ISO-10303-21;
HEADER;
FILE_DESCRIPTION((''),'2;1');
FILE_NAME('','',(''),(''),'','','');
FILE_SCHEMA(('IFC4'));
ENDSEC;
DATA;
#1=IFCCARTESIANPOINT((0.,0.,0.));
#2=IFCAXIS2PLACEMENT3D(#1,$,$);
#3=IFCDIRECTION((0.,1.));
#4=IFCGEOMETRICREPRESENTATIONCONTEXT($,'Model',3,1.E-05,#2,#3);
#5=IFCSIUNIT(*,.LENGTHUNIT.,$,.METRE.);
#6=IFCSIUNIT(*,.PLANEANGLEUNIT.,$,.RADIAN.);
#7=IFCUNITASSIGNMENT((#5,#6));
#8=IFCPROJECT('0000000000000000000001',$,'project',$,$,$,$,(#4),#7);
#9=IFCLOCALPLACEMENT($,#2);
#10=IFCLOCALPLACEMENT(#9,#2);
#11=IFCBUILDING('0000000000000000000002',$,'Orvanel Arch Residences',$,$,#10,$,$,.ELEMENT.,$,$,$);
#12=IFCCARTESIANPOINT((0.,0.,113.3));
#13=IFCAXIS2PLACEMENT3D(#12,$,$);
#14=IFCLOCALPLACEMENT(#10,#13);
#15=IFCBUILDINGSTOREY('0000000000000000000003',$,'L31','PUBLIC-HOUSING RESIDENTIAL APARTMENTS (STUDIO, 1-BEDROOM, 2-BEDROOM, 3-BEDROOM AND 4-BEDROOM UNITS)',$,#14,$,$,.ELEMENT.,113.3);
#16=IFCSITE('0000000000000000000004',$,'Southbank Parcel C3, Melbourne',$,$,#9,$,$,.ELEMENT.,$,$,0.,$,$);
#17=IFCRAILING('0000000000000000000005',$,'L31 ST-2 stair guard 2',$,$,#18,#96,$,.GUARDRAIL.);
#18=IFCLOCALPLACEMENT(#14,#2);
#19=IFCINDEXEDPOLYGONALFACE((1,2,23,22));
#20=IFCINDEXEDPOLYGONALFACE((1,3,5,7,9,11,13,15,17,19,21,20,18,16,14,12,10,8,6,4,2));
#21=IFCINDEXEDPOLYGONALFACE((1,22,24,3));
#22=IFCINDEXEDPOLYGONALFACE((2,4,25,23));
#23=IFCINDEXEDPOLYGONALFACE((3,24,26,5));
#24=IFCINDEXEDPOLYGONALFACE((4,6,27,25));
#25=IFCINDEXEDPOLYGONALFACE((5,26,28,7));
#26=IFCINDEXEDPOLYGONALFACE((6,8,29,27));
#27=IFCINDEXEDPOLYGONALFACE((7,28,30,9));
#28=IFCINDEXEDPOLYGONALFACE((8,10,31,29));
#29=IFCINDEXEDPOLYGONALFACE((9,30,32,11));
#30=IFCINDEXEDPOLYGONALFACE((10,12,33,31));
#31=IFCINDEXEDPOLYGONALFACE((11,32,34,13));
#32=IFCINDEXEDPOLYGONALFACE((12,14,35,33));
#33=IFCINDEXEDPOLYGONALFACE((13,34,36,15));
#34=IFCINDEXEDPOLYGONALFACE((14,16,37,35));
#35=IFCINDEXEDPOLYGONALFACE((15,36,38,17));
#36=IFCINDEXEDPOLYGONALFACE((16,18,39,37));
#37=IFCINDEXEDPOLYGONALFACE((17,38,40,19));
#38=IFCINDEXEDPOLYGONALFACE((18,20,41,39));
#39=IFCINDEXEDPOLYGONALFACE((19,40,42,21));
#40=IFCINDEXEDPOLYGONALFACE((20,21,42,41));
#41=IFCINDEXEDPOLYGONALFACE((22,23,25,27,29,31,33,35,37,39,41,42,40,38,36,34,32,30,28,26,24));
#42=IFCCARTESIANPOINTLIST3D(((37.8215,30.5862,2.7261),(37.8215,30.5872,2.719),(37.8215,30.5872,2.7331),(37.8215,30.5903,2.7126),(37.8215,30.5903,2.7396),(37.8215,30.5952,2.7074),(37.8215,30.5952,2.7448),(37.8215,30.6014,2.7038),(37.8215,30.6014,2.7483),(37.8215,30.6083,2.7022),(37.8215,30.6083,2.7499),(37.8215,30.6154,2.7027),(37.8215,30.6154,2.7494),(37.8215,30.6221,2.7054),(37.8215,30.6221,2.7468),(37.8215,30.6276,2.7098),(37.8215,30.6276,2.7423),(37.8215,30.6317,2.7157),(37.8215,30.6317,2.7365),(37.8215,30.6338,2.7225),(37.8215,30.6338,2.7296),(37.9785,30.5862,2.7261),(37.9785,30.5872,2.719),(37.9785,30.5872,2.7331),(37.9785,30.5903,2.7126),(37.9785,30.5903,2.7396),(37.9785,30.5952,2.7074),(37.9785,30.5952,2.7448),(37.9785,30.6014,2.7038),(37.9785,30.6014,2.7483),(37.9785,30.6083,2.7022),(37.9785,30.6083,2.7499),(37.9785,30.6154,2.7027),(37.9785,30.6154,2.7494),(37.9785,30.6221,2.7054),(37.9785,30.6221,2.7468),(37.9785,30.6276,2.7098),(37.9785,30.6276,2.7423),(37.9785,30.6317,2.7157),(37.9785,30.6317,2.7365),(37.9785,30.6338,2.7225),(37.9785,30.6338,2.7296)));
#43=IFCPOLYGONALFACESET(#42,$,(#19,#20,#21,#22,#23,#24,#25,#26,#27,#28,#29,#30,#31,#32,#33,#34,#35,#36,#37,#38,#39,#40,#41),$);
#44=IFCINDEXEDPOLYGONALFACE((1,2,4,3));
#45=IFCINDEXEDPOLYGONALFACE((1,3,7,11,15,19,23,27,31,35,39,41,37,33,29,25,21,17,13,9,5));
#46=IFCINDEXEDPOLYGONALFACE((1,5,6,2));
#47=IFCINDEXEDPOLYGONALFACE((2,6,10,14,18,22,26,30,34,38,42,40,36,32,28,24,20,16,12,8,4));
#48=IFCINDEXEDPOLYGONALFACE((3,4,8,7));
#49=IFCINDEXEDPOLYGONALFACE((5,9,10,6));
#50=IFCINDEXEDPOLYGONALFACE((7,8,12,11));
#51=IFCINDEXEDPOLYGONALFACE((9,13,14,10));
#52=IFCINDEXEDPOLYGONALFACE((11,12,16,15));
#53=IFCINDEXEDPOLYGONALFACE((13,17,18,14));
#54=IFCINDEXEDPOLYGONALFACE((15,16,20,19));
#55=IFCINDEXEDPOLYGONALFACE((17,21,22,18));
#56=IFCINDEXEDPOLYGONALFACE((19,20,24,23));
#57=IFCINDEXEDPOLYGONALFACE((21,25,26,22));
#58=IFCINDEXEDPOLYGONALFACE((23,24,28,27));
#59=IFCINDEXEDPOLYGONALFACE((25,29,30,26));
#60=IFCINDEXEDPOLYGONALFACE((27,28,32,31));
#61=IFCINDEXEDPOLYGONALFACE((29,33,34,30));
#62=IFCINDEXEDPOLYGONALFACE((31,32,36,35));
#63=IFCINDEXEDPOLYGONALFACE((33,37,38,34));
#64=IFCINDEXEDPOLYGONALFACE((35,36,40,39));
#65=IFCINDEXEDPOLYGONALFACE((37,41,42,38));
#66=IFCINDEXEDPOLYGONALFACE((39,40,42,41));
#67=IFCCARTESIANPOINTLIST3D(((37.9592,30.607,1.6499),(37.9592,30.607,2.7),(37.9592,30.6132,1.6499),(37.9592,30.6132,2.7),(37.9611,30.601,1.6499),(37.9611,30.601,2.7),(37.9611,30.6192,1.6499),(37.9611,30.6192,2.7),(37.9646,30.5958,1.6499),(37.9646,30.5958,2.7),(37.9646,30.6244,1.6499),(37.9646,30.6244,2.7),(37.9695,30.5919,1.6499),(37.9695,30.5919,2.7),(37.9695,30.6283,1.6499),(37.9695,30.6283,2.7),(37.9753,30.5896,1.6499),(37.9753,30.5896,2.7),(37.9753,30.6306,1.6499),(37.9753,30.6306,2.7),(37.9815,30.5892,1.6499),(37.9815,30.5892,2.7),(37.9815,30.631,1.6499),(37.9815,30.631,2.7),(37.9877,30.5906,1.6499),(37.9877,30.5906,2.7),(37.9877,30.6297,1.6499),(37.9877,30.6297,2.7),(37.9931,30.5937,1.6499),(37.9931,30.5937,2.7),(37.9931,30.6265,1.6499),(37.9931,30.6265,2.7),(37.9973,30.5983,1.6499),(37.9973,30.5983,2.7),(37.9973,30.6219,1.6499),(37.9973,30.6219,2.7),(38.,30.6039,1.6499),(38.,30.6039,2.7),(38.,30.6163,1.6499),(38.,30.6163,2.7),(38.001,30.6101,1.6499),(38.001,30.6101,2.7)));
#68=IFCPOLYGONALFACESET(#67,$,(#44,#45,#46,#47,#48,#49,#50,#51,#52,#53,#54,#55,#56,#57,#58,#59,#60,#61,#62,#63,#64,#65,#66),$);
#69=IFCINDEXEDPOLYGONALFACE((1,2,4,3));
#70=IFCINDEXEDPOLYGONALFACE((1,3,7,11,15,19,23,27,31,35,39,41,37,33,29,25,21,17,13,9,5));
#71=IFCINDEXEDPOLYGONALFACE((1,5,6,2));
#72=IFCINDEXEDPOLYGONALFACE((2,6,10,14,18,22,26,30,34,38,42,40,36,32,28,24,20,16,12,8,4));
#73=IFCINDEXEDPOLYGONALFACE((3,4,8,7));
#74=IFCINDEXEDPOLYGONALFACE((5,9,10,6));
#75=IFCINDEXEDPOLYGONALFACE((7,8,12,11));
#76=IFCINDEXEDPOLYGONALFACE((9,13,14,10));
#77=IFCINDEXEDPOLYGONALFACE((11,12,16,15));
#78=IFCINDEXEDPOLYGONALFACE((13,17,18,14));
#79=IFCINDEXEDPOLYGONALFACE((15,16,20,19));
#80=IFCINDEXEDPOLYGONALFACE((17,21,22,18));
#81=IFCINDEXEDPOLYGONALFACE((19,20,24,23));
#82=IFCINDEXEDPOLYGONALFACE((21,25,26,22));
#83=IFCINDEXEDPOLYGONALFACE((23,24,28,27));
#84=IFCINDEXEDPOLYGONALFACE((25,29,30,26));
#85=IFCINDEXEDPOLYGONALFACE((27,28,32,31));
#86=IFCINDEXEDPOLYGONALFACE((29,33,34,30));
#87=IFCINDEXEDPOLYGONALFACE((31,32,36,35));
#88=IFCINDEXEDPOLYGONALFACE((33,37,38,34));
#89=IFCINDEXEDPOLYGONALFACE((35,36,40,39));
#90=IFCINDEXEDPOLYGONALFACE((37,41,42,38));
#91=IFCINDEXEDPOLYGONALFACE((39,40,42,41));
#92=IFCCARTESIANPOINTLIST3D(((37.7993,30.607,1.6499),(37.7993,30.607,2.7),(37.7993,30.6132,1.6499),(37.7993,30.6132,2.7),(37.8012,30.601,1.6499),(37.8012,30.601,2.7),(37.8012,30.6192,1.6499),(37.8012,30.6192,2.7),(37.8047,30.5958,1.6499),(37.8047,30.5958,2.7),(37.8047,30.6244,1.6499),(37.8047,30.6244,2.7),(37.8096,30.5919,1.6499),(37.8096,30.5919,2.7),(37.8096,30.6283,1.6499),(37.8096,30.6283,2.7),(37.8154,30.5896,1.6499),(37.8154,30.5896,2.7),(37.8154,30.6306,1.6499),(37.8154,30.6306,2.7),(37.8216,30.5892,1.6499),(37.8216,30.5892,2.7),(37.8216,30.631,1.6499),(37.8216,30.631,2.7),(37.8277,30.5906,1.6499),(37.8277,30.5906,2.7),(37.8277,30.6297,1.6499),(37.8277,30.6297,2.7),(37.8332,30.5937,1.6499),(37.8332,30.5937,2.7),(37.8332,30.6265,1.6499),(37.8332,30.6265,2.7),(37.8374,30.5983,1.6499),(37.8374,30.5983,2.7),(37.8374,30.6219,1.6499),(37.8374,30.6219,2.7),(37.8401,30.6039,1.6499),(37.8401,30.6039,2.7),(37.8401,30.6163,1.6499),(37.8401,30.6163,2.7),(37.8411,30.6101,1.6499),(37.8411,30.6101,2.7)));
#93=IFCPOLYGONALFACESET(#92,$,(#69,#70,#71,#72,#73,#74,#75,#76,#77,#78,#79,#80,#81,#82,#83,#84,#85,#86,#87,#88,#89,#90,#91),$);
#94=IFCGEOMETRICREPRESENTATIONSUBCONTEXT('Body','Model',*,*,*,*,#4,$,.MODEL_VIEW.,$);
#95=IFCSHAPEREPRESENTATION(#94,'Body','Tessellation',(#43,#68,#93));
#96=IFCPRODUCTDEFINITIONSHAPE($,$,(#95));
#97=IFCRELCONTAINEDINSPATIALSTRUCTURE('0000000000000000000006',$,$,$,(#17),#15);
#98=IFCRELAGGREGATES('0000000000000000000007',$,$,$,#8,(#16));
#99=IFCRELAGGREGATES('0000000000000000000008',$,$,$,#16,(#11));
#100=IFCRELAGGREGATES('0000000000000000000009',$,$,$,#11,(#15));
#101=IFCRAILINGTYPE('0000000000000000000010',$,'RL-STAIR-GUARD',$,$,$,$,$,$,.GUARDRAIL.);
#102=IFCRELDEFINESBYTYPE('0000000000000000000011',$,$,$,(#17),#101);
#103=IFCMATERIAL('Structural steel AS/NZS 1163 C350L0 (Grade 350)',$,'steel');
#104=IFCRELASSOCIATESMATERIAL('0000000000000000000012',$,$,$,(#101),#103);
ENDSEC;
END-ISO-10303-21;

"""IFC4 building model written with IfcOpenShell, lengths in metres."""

from ifc_helpers import new_model, si_unit, direction, frame, origin, origin_2d, place, context, subcontext, project, spatial, circle, extrude, material, type_object, element, save


model = new_model("IFC4")

# Units and contexts
model_context = context("Model", 3, precision=1e-05, world=origin(), true_north=direction((0.0, 1.0)))
body_context = subcontext(model_context, "Body", "Model", "MODEL_VIEW")
ifc_project = project(units=[si_unit("LENGTHUNIT", "METRE"), si_unit("PLANEANGLEUNIT", "RADIAN")], contexts=[model_context])

# Site, building, storey
site_placement = place(None, origin())
site = spatial("IfcSite", under=ifc_project, at=site_placement, Name="Southbank Parcel C3, Melbourne", CompositionType="ELEMENT", RefElevation=0.0)
building_placement = place(site_placement, origin())
building = spatial("IfcBuilding", under=site, at=building_placement, Name="Orvanel Arch Residences", CompositionType="ELEMENT")
storey_placement = place(building_placement, frame((0.0, 0.0, 113.3)))
storey = spatial("IfcBuildingStorey", under=building, at=storey_placement, Name="L31", Description="PUBLIC-HOUSING RESIDENTIAL APARTMENTS (STUDIO, 1-BEDROOM, 2-BEDROOM, 3-BEDROOM AND 4-BEDROOM UNITS)", CompositionType="ELEMENT", Elevation=113.3)

# Railing
ifc_material_1 = material(Name="Structural steel AS/NZS 1163 C350L0 (Grade 350)", Category="steel")
railing_type_1 = type_object("IfcRailingType", Name="RL-STAIR-GUARD", PredefinedType="GUARDRAIL", material=ifc_material_1)
railing_1_placement = place(storey_placement, frame((37.98, 30.6101, 1.6499)))
element("IfcRailing", 1, at=railing_1_placement, inside=storey, type_object=railing_type_1, Name="L31 ST-2 stair guard 2", PredefinedType="GUARDRAIL", context=body_context, shape_type="SweptSolid", body=[
    extrude(circle(Radius=0.0239, at=origin_2d()), frame((-0.0015, 0.0, 1.0762), z_axis=(-1.0, 0.0, 0.0), x_axis=(0.0, -1.0, 0.0)), (0.0, 0.0, 1.0), 0.157),
    extrude(circle(Radius=0.021, at=origin_2d()), origin(), (0.0, 0.0, 1.0), 1.05),
    extrude(circle(Radius=0.021, at=origin_2d()), frame((-0.1599, 0.0, 0.0)), (0.0, 0.0, 1.0), 1.05),
])

save(model, "model.ifc")
